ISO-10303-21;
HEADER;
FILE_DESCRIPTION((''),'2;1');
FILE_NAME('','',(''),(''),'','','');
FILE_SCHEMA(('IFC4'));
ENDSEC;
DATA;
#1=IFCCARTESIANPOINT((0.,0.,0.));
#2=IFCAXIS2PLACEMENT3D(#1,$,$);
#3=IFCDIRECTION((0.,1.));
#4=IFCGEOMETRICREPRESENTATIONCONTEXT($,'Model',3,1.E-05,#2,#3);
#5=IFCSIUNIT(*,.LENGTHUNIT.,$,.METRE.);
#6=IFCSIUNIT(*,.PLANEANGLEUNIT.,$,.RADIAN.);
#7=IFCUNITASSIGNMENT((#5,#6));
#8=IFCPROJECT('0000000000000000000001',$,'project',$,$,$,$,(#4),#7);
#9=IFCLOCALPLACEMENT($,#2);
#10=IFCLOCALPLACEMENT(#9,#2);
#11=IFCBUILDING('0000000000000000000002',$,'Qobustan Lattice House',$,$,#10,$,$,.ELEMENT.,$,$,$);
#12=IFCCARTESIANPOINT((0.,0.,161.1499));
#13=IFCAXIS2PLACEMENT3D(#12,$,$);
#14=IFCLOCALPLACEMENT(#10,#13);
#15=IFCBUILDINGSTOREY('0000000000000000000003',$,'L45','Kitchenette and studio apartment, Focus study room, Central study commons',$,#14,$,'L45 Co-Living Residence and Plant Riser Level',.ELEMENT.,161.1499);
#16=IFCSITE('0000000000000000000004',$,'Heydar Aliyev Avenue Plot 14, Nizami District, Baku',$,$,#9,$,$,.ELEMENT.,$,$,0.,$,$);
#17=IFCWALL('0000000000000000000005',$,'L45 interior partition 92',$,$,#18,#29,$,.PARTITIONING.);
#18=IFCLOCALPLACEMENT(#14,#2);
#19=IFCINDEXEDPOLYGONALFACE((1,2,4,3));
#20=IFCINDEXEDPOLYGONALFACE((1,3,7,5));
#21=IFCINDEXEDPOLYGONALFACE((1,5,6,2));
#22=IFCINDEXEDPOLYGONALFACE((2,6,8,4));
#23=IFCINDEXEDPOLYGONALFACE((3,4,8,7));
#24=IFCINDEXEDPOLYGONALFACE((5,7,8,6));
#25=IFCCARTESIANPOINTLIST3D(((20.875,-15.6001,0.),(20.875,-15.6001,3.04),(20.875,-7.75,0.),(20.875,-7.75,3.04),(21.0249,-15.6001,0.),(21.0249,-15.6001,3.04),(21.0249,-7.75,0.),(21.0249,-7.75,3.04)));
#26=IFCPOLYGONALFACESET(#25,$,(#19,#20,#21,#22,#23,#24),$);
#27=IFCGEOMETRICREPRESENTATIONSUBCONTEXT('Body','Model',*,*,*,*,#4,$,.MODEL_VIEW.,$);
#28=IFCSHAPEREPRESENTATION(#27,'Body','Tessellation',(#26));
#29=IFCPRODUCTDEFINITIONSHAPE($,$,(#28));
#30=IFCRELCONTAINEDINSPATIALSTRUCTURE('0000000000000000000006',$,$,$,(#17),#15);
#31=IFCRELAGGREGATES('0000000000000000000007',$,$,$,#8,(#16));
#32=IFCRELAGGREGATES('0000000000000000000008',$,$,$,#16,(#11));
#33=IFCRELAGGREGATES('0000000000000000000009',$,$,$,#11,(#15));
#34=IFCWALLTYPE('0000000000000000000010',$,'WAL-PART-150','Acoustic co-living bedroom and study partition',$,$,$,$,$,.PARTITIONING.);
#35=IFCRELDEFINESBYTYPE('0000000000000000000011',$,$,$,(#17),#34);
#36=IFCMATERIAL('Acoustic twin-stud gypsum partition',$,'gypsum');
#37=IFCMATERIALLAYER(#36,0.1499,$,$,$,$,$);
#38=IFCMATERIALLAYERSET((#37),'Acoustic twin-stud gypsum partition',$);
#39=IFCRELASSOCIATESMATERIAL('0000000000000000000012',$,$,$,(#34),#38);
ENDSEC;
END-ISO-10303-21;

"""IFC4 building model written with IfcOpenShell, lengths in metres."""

from ifc_helpers import new_model, si_unit, direction, frame, frame_2d, origin, place, context, subcontext, project, spatial, rectangle, extrude, material, layer, layer_set, type_object, element, save


model = new_model("IFC4")

# Units and contexts
model_context = context("Model", 3, precision=1e-05, world=origin(), true_north=direction((0.0, 1.0)))
body_context = subcontext(model_context, "Body", "Model", "MODEL_VIEW")
ifc_project = project(units=[si_unit("LENGTHUNIT", "METRE"), si_unit("PLANEANGLEUNIT", "RADIAN")], contexts=[model_context])

# Site, building, storey
site_placement = place(None, origin())
site = spatial("IfcSite", under=ifc_project, at=site_placement, Name="Heydar Aliyev Avenue Plot 14, Nizami District, Baku", CompositionType="ELEMENT", RefElevation=0.0)
building_placement = place(site_placement, origin())
building = spatial("IfcBuilding", under=site, at=building_placement, Name="Qobustan Lattice House", CompositionType="ELEMENT")
storey_placement = place(building_placement, frame((0.0, 0.0, 161.1499)))
storey = spatial("IfcBuildingStorey", under=building, at=storey_placement, Name="L45", Description="Kitchenette and studio apartment, Focus study room, Central study commons", LongName="L45 Co-Living Residence and Plant Riser Level", CompositionType="ELEMENT", Elevation=161.1499)

# Wall
ifc_material_1 = material(Name="Acoustic twin-stud gypsum partition", Category="gypsum")
ifc_layer_1 = layer(ifc_material_1, 0.1499)
ifc_layer_set_1 = layer_set([ifc_layer_1], Name="Acoustic twin-stud gypsum partition")
wall_type_1 = type_object("IfcWallType", Name="WAL-PART-150", Description="Acoustic co-living bedroom and study partition", PredefinedType="PARTITIONING", material=ifc_layer_set_1)
wall_1_placement = place(storey_placement, frame((20.95, -15.6001, 0.0), z_axis=(0.0, 0.0, 1.0), x_axis=(0.0, 1.0, 0.0)))
element("IfcWall", 1, at=wall_1_placement, inside=storey, type_object=wall_type_1, Name="L45 interior partition 92", PredefinedType="PARTITIONING", context=body_context, shape_type="SweptSolid", body=[
    extrude(rectangle(XDim=7.8501, YDim=0.1499, at=frame_2d((3.925, 0.0))), origin(), (0.0, 0.0, 1.0), 3.04),
])

save(model, "model.ifc")
